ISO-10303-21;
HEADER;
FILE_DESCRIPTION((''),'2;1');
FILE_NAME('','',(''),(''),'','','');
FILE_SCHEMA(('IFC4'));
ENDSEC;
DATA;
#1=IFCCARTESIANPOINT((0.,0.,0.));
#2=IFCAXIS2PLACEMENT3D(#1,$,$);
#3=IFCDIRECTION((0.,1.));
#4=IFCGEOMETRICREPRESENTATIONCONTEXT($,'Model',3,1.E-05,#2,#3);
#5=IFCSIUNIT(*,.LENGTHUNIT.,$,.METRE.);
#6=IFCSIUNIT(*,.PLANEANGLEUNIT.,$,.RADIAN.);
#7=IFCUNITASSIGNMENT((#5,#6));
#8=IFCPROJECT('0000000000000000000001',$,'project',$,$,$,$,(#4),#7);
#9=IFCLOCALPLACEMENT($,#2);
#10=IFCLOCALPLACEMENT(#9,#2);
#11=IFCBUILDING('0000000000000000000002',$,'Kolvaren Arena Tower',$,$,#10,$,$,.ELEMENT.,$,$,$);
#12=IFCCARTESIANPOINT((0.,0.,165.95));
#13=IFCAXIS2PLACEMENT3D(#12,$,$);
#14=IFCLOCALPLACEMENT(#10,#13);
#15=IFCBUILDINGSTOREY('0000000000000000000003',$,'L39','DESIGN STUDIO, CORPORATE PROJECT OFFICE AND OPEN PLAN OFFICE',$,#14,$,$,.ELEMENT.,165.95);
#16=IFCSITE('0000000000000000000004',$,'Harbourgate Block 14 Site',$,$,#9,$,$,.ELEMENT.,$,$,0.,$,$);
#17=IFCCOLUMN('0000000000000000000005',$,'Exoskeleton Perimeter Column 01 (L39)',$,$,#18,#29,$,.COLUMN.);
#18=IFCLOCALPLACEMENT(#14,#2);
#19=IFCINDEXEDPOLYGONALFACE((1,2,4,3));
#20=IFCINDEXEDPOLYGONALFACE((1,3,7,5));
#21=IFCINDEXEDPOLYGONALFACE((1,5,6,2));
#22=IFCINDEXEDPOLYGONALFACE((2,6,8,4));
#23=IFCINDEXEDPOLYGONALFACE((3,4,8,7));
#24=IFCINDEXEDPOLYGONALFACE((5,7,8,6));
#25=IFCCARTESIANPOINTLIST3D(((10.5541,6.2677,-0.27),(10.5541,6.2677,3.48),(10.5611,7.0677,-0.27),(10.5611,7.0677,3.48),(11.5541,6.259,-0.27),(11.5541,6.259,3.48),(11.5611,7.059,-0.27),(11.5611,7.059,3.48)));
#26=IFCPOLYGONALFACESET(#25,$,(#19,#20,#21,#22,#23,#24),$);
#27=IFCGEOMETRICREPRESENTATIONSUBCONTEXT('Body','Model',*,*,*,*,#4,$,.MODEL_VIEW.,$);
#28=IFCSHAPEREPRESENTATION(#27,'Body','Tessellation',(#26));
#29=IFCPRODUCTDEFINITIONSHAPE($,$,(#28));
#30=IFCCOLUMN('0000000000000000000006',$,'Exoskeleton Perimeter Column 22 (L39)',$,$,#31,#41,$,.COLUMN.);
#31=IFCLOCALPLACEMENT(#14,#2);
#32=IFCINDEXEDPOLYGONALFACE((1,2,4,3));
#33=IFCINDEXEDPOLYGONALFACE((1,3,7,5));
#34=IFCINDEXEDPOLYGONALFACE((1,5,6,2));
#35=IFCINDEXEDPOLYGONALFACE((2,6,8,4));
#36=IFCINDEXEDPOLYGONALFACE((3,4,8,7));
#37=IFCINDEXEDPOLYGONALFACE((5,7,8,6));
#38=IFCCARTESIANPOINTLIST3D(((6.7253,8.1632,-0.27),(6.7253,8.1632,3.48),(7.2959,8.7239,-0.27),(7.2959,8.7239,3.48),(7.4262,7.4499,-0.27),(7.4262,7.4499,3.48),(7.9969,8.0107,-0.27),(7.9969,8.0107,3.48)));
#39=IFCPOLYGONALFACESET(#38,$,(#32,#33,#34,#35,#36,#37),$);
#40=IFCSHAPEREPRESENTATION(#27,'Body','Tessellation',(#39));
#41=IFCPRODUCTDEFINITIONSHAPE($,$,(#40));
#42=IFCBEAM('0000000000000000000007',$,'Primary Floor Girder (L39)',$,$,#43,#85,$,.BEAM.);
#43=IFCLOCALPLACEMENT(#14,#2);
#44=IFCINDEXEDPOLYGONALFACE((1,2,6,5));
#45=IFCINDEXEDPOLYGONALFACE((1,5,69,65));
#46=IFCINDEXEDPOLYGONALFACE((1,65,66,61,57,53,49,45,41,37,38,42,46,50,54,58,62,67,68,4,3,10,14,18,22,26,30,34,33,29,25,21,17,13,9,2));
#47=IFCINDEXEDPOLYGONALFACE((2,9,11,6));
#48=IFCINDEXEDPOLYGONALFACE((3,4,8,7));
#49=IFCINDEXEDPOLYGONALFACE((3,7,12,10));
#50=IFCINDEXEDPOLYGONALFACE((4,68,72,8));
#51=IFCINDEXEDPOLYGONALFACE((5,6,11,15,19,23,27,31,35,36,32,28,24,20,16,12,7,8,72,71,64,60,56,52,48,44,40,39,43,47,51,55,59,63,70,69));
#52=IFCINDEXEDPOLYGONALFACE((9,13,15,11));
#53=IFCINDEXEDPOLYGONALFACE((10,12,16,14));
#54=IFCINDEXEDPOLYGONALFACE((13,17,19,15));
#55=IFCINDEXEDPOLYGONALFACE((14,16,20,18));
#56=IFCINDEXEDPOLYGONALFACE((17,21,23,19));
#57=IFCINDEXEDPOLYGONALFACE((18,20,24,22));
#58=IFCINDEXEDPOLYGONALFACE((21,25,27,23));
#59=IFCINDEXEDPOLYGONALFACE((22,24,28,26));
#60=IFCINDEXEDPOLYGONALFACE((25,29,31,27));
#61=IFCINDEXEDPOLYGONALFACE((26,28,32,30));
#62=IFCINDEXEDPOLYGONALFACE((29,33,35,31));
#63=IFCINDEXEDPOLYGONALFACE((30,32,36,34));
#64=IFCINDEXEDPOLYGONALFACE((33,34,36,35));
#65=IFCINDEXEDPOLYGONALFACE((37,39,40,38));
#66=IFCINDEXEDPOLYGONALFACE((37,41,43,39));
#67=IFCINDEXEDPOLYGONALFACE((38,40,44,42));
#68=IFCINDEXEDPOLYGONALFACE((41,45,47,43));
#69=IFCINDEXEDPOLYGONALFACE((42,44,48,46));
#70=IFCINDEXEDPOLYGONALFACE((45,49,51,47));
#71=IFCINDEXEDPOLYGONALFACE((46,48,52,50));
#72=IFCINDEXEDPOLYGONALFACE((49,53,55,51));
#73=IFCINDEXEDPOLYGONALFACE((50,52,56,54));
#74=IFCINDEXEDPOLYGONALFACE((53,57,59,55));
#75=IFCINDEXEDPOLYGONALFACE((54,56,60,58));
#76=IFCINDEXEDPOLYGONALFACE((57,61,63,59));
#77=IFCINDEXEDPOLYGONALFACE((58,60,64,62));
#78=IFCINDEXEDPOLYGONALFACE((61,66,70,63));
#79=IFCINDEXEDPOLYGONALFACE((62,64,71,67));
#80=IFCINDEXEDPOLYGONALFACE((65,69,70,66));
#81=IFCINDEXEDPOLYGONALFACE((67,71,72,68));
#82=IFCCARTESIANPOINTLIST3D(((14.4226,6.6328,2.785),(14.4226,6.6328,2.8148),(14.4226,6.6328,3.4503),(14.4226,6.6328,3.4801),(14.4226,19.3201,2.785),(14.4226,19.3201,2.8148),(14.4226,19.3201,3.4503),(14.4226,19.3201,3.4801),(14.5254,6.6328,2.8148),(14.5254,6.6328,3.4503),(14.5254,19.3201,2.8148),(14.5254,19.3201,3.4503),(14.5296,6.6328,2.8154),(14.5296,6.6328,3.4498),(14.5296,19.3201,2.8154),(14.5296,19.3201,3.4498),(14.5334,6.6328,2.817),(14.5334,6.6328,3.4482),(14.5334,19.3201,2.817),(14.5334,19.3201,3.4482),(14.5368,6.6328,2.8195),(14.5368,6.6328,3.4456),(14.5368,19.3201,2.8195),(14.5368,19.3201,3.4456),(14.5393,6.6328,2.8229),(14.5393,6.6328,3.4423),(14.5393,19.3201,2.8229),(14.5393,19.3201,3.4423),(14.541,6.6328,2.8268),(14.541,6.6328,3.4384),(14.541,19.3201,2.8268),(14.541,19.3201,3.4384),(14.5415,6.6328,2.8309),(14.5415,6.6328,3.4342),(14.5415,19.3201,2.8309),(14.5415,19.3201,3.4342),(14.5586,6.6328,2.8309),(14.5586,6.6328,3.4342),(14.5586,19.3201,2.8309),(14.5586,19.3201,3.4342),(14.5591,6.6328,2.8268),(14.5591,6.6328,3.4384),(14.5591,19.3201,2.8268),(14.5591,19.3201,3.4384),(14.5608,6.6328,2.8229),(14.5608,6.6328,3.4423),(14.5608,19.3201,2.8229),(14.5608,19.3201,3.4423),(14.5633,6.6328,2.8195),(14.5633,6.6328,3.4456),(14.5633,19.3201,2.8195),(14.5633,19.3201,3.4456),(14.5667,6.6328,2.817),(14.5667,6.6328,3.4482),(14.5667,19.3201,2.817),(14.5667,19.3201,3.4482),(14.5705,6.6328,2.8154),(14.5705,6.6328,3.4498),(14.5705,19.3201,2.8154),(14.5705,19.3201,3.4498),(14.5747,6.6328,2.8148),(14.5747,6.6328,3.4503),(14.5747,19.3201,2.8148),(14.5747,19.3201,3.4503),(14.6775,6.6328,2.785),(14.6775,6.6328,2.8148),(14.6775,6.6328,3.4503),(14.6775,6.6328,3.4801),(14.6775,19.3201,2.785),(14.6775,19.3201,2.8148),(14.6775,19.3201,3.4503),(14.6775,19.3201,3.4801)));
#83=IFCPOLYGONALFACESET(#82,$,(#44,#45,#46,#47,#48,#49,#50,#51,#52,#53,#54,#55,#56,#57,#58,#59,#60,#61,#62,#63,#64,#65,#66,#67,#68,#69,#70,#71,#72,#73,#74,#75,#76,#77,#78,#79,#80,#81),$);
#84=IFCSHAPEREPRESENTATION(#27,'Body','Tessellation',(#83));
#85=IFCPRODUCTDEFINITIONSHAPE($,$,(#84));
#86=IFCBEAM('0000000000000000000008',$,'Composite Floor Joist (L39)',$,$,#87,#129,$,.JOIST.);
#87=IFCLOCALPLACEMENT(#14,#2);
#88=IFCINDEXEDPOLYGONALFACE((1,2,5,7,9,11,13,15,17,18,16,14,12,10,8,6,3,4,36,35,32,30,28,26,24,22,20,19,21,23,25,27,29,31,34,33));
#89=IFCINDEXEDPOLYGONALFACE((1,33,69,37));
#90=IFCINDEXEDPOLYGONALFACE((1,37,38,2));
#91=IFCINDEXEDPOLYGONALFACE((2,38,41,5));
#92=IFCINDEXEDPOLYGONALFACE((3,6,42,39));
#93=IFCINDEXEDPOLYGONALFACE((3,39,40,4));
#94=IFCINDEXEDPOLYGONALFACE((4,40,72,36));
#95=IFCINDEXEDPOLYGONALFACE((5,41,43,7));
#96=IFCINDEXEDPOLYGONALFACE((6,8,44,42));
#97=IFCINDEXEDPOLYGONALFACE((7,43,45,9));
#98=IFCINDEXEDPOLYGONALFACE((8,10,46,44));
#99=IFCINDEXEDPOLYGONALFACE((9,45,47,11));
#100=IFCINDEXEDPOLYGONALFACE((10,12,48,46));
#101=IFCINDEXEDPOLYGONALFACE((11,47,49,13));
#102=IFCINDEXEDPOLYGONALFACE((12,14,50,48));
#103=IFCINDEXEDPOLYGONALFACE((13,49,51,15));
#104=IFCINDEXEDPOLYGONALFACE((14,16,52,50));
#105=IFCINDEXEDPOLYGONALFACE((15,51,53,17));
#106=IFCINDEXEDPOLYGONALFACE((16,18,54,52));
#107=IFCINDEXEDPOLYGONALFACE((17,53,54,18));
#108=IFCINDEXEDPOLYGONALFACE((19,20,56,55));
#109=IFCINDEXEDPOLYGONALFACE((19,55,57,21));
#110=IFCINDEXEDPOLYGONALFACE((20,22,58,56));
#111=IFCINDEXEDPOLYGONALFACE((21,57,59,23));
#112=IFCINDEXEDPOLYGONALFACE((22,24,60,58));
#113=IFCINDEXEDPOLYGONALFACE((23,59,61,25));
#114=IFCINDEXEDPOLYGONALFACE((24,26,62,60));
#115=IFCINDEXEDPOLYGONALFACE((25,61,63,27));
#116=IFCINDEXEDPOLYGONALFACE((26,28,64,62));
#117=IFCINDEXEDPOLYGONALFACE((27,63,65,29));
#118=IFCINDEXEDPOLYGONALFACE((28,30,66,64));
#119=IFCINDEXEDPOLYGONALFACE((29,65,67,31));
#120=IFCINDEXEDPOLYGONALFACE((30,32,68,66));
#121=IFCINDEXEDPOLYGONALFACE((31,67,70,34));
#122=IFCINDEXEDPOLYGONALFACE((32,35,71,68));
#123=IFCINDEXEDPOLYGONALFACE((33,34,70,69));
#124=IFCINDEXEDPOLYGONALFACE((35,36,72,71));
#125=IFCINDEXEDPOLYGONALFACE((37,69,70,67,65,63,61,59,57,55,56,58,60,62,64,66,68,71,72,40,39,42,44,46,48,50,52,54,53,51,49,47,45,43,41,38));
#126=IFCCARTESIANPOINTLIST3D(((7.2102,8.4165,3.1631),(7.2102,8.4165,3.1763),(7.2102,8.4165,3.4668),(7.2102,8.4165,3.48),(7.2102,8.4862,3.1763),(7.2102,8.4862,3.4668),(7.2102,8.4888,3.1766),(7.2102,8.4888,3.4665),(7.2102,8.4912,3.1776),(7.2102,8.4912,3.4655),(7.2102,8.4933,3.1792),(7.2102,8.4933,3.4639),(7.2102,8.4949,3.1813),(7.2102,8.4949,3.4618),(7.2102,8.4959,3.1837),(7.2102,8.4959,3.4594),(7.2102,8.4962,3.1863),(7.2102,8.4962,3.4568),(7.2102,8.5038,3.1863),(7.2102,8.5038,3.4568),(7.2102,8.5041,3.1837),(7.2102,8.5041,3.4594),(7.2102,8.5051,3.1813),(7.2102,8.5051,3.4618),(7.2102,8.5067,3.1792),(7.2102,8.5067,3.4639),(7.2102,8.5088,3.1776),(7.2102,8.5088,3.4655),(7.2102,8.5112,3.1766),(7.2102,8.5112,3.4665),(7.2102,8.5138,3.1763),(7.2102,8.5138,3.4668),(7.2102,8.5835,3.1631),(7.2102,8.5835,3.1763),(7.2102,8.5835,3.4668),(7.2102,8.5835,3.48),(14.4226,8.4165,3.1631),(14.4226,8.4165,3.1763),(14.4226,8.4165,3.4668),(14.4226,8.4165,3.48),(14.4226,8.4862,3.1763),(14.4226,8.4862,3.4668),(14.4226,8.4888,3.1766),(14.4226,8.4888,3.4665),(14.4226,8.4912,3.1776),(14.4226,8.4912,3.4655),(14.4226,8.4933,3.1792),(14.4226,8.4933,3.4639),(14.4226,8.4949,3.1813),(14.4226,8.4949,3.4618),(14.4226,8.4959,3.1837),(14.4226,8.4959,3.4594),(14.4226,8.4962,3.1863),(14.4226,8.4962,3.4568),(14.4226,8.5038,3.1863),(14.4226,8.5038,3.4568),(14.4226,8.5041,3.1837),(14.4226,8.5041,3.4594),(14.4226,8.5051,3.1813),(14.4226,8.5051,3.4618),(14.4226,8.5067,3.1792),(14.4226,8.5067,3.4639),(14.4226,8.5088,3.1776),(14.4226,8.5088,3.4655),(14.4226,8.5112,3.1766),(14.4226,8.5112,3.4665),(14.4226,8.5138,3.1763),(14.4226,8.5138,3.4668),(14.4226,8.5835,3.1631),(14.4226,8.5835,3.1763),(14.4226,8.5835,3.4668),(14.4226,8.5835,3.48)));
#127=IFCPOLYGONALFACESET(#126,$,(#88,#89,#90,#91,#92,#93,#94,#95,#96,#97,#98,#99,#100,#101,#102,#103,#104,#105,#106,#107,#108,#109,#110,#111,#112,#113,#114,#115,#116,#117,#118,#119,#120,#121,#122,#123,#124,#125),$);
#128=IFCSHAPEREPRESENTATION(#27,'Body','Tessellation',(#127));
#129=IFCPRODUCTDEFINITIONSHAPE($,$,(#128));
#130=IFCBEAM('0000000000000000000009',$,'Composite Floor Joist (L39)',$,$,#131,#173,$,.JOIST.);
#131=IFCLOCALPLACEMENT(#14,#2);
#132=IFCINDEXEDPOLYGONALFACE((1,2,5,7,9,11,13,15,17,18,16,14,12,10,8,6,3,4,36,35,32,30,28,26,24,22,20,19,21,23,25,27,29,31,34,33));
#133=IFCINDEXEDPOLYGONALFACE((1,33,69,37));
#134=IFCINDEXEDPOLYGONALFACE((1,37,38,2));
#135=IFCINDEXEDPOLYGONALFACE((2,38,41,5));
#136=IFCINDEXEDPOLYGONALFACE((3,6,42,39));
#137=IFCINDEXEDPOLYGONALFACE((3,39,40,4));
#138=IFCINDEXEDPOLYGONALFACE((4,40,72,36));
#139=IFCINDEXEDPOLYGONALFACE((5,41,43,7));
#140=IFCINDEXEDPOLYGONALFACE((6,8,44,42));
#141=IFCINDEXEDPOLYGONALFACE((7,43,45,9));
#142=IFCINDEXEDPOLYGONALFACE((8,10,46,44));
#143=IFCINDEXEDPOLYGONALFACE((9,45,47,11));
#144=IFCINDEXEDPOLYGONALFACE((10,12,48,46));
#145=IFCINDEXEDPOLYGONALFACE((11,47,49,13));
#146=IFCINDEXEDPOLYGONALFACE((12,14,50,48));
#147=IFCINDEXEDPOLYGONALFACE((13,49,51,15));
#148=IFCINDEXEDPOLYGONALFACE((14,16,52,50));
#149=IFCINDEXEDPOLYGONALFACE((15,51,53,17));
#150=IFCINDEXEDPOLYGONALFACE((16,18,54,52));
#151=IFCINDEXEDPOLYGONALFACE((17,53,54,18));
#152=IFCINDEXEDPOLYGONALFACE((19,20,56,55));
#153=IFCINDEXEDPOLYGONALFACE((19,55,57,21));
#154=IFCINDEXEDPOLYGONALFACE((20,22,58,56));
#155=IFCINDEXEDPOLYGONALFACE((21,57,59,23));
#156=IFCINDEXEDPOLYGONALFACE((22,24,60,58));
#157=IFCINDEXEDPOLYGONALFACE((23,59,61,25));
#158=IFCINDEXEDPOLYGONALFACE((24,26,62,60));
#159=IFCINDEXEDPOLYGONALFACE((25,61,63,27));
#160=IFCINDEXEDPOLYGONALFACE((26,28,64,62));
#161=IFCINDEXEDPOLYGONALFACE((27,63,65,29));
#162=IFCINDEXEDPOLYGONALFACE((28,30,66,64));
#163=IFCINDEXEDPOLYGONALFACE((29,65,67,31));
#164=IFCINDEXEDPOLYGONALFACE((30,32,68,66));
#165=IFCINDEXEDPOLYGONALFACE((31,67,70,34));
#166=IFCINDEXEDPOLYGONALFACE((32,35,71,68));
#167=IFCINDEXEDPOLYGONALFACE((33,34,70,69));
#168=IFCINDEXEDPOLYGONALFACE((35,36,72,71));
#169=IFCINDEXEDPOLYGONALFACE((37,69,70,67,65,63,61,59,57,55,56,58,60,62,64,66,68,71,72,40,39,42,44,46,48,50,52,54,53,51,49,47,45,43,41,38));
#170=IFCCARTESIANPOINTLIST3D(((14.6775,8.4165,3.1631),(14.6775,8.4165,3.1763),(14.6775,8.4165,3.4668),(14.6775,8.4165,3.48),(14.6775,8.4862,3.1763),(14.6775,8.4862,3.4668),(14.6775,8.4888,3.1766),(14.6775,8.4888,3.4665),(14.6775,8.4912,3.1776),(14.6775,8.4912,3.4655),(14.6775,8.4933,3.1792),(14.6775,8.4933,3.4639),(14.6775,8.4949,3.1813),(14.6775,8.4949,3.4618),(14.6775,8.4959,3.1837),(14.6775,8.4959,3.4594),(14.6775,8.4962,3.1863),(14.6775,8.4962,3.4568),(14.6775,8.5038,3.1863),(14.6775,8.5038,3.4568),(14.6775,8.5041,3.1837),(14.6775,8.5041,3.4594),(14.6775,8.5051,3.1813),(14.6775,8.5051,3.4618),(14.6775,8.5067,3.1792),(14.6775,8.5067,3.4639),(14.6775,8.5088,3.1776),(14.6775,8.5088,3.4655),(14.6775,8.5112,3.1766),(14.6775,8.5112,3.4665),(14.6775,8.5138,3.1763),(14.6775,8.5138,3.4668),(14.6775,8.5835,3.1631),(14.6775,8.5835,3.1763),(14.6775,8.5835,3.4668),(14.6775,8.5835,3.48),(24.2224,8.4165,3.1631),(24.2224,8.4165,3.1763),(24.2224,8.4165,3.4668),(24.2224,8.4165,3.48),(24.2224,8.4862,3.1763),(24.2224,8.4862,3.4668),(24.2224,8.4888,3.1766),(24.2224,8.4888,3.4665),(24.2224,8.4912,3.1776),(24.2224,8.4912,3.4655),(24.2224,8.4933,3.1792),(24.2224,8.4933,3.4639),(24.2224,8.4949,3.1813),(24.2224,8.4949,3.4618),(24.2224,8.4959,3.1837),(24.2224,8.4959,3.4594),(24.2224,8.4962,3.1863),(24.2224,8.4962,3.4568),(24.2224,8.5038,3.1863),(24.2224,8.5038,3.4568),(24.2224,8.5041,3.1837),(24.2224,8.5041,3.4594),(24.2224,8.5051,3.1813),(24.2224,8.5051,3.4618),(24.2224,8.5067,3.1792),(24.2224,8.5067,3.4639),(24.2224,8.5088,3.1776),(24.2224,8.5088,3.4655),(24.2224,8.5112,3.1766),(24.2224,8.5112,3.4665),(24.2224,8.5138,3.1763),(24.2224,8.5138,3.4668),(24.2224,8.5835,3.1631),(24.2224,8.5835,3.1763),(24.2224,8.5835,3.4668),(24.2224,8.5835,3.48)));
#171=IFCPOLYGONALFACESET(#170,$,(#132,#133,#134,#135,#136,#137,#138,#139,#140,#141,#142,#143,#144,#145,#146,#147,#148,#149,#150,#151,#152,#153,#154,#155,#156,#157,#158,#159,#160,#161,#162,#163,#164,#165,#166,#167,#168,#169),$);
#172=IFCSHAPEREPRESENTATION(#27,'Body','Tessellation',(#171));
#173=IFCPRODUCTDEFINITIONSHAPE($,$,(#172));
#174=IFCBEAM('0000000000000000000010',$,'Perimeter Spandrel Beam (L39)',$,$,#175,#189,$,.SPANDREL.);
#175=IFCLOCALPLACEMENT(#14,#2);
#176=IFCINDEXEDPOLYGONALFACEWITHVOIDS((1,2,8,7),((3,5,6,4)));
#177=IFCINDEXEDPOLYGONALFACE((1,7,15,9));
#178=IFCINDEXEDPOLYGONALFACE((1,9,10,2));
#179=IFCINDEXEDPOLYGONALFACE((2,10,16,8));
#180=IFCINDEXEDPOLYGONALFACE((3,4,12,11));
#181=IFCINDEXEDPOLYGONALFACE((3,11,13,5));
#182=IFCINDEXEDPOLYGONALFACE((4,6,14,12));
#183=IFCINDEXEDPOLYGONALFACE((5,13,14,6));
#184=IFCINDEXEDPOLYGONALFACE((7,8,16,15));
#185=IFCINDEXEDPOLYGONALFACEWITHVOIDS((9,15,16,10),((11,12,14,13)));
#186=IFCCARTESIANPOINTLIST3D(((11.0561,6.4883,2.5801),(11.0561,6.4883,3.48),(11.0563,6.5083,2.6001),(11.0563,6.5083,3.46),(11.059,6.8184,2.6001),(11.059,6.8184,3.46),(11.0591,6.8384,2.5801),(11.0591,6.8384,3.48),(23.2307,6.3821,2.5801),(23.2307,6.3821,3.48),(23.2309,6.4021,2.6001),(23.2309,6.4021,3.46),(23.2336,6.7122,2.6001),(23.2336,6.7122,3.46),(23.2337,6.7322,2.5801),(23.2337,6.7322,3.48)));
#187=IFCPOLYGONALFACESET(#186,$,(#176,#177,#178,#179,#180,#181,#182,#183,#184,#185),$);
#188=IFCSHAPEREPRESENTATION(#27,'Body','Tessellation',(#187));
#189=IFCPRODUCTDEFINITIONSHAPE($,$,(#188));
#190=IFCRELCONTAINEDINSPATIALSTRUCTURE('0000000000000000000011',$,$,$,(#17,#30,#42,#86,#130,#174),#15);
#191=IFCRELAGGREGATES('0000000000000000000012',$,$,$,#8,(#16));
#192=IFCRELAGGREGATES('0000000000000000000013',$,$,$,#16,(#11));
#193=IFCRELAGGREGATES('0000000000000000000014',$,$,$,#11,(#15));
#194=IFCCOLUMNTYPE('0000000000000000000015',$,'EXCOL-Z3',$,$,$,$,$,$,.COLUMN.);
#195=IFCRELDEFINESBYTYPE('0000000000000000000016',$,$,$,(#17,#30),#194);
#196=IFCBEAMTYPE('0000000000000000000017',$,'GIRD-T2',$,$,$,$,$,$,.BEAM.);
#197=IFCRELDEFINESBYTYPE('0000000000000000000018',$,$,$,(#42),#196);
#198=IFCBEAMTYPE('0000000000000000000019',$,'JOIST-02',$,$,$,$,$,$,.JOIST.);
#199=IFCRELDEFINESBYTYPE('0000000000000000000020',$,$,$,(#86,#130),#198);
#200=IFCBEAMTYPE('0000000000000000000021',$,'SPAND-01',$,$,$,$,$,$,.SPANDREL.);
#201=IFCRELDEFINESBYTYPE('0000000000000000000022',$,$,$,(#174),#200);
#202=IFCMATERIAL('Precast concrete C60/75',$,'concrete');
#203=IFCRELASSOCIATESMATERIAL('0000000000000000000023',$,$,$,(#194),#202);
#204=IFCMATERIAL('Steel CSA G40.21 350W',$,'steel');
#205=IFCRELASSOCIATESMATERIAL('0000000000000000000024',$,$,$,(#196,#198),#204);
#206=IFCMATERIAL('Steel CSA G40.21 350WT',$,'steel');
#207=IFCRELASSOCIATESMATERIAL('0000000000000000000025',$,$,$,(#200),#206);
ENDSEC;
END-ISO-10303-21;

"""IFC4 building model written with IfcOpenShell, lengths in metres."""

from ifc_helpers import new_model, si_unit, direction, frame, origin, origin_2d, place, context, subcontext, project, spatial, rectangle, hollow_rectangle, i_section, extrude, material, material_profile, profile_set, type_object, element, save


model = new_model("IFC4")

# Units and contexts
model_context = context("Model", 3, precision=1e-05, world=origin(), true_north=direction((0.0, 1.0)))
body_context = subcontext(model_context, "Body", "Model", "MODEL_VIEW")
ifc_project = project(units=[si_unit("LENGTHUNIT", "METRE"), si_unit("PLANEANGLEUNIT", "RADIAN")], contexts=[model_context])

# Site, building, storey
site_placement = place(None, origin())
site = spatial("IfcSite", under=ifc_project, at=site_placement, Name="Harbourgate Block 14 Site", CompositionType="ELEMENT", RefElevation=0.0)
building_placement = place(site_placement, origin())
building = spatial("IfcBuilding", under=site, at=building_placement, Name="Kolvaren Arena Tower", CompositionType="ELEMENT")
storey_placement = place(building_placement, frame((0.0, 0.0, 165.95)))
storey = spatial("IfcBuildingStorey", under=building, at=storey_placement, Name="L39", Description="DESIGN STUDIO, CORPORATE PROJECT OFFICE AND OPEN PLAN OFFICE", CompositionType="ELEMENT", Elevation=165.95)

# Columns
ifc_material_1 = material(Name="Precast concrete C60/75", Category="concrete")
ifc_material_profile_1 = material_profile(ifc_material_1, rectangle(XDim=1.0, YDim=0.8, at=origin_2d()), Name="RC-1000x800")
ifc_profile_set_1 = profile_set([ifc_material_profile_1], Name="Precast concrete C60/75")
column_type = type_object("IfcColumnType", Name="EXCOL-Z3", PredefinedType="COLUMN", material=ifc_profile_set_1)
for number, where, z_axis, x_axis, name in (
    (1, (11.0576, 6.6633, -0.27), (0.0, 0.0, 1.0), (0.999962, -0.008727, 0.0), "Exoskeleton Perimeter Column 01 (L39)"),
    (2, (7.3611, 8.0869, -0.27), (0.0, 0.0, 1.0), (-0.700909, 0.71325, 0.0), "Exoskeleton Perimeter Column 22 (L39)"),
):
    element("IfcColumn", number, at=place(storey_placement, frame(where, z_axis=z_axis, x_axis=x_axis)), inside=storey, type_object=column_type, Name=name, PredefinedType="COLUMN", context=body_context, shape_type="SweptSolid", body=[
        extrude(rectangle(XDim=1.0, YDim=0.8, at=origin_2d()), origin(), (0.0, 0.0, 1.0), 3.75),
    ])

# Beams
ifc_material_2 = material(Name="Steel CSA G40.21 350W", Category="steel")
ifc_material_profile_2 = material_profile(ifc_material_2, i_section(OverallWidth=0.2549, OverallDepth=0.6951, WebThickness=0.0171, FlangeThickness=0.0298, FilletRadius=0.0161, at=origin_2d()), Name="W690x217")
ifc_profile_set_2 = profile_set([ifc_material_profile_2], Name="Steel CSA G40.21 350W")
beam_type_1 = type_object("IfcBeamType", Name="GIRD-T2", PredefinedType="BEAM", material=ifc_profile_set_2)
beam_1_placement = place(storey_placement, frame((14.55, 6.6328, 3.1326), z_axis=(0.0, 1.0, 0.0), x_axis=(-1.0, 0.0, 0.0)))
element("IfcBeam", 3, at=beam_1_placement, inside=storey, type_object=beam_type_1, Name="Primary Floor Girder (L39)", PredefinedType="BEAM", context=body_context, shape_type="SweptSolid", body=[
    extrude(i_section(OverallWidth=0.2549, OverallDepth=0.6951, WebThickness=0.0171, FlangeThickness=0.0298, FilletRadius=0.0161, at=origin_2d()), origin(), (0.0, 0.0, 1.0), 12.6873),
])
ifc_material_profile_3 = material_profile(ifc_material_2, i_section(OverallWidth=0.167, OverallDepth=0.3169, WebThickness=0.0076, FlangeThickness=0.0132, FilletRadius=0.01, at=origin_2d()), Name="W310x52")
ifc_profile_set_3 = profile_set([ifc_material_profile_3], Name="Steel CSA G40.21 350W")
beam_type_2 = type_object("IfcBeamType", Name="JOIST-02", PredefinedType="JOIST", material=ifc_profile_set_3)
beam_2_placement = place(storey_placement, frame((7.2102, 8.5, 3.3215), z_axis=(1.0, 0.0, 0.0), x_axis=(0.0, 1.0, 0.0)))
element("IfcBeam", 4, at=beam_2_placement, inside=storey, type_object=beam_type_2, Name="Composite Floor Joist (L39)", PredefinedType="JOIST", context=body_context, shape_type="SweptSolid", body=[
    extrude(i_section(OverallWidth=0.167, OverallDepth=0.3169, WebThickness=0.0076, FlangeThickness=0.0132, FilletRadius=0.01, at=origin_2d()), origin(), (0.0, 0.0, 1.0), 7.2124),
])
beam_3_placement = place(storey_placement, frame((14.6775, 8.5, 3.3215), z_axis=(1.0, 0.0, 0.0), x_axis=(0.0, 1.0, 0.0)))
element("IfcBeam", 5, at=beam_3_placement, inside=storey, type_object=beam_type_2, Name="Composite Floor Joist (L39)", PredefinedType="JOIST", context=body_context, shape_type="SweptSolid", body=[
    extrude(i_section(OverallWidth=0.167, OverallDepth=0.3169, WebThickness=0.0076, FlangeThickness=0.0132, FilletRadius=0.01, at=origin_2d()), origin(), (0.0, 0.0, 1.0), 9.5449),
])
ifc_material_3 = material(Name="Steel CSA G40.21 350WT", Category="steel")
ifc_material_profile_4 = material_profile(ifc_material_3, hollow_rectangle(XDim=0.3501, YDim=0.8999, WallThickness=0.02, at=origin_2d()), Name="HSS 900x350x20")
ifc_profile_set_4 = profile_set([ifc_material_profile_4], Name="Steel CSA G40.21 350WT")
beam_type_3 = type_object("IfcBeamType", Name="SPAND-01", PredefinedType="SPANDREL", material=ifc_profile_set_4)
beam_4_placement = place(storey_placement, frame((11.0576, 6.6633, 3.03), z_axis=(0.999962, -0.008723, 0.0), x_axis=(0.008723, 0.999962, 0.0)))
element("IfcBeam", 6, at=beam_4_placement, inside=storey, type_object=beam_type_3, Name="Perimeter Spandrel Beam (L39)", PredefinedType="SPANDREL", context=body_context, shape_type="SweptSolid", body=[
    extrude(hollow_rectangle(XDim=0.3501, YDim=0.8999, WallThickness=0.02, at=origin_2d()), origin(), (0.0, 0.0, 1.0), 12.175),
])

save(model, "model.ifc")
